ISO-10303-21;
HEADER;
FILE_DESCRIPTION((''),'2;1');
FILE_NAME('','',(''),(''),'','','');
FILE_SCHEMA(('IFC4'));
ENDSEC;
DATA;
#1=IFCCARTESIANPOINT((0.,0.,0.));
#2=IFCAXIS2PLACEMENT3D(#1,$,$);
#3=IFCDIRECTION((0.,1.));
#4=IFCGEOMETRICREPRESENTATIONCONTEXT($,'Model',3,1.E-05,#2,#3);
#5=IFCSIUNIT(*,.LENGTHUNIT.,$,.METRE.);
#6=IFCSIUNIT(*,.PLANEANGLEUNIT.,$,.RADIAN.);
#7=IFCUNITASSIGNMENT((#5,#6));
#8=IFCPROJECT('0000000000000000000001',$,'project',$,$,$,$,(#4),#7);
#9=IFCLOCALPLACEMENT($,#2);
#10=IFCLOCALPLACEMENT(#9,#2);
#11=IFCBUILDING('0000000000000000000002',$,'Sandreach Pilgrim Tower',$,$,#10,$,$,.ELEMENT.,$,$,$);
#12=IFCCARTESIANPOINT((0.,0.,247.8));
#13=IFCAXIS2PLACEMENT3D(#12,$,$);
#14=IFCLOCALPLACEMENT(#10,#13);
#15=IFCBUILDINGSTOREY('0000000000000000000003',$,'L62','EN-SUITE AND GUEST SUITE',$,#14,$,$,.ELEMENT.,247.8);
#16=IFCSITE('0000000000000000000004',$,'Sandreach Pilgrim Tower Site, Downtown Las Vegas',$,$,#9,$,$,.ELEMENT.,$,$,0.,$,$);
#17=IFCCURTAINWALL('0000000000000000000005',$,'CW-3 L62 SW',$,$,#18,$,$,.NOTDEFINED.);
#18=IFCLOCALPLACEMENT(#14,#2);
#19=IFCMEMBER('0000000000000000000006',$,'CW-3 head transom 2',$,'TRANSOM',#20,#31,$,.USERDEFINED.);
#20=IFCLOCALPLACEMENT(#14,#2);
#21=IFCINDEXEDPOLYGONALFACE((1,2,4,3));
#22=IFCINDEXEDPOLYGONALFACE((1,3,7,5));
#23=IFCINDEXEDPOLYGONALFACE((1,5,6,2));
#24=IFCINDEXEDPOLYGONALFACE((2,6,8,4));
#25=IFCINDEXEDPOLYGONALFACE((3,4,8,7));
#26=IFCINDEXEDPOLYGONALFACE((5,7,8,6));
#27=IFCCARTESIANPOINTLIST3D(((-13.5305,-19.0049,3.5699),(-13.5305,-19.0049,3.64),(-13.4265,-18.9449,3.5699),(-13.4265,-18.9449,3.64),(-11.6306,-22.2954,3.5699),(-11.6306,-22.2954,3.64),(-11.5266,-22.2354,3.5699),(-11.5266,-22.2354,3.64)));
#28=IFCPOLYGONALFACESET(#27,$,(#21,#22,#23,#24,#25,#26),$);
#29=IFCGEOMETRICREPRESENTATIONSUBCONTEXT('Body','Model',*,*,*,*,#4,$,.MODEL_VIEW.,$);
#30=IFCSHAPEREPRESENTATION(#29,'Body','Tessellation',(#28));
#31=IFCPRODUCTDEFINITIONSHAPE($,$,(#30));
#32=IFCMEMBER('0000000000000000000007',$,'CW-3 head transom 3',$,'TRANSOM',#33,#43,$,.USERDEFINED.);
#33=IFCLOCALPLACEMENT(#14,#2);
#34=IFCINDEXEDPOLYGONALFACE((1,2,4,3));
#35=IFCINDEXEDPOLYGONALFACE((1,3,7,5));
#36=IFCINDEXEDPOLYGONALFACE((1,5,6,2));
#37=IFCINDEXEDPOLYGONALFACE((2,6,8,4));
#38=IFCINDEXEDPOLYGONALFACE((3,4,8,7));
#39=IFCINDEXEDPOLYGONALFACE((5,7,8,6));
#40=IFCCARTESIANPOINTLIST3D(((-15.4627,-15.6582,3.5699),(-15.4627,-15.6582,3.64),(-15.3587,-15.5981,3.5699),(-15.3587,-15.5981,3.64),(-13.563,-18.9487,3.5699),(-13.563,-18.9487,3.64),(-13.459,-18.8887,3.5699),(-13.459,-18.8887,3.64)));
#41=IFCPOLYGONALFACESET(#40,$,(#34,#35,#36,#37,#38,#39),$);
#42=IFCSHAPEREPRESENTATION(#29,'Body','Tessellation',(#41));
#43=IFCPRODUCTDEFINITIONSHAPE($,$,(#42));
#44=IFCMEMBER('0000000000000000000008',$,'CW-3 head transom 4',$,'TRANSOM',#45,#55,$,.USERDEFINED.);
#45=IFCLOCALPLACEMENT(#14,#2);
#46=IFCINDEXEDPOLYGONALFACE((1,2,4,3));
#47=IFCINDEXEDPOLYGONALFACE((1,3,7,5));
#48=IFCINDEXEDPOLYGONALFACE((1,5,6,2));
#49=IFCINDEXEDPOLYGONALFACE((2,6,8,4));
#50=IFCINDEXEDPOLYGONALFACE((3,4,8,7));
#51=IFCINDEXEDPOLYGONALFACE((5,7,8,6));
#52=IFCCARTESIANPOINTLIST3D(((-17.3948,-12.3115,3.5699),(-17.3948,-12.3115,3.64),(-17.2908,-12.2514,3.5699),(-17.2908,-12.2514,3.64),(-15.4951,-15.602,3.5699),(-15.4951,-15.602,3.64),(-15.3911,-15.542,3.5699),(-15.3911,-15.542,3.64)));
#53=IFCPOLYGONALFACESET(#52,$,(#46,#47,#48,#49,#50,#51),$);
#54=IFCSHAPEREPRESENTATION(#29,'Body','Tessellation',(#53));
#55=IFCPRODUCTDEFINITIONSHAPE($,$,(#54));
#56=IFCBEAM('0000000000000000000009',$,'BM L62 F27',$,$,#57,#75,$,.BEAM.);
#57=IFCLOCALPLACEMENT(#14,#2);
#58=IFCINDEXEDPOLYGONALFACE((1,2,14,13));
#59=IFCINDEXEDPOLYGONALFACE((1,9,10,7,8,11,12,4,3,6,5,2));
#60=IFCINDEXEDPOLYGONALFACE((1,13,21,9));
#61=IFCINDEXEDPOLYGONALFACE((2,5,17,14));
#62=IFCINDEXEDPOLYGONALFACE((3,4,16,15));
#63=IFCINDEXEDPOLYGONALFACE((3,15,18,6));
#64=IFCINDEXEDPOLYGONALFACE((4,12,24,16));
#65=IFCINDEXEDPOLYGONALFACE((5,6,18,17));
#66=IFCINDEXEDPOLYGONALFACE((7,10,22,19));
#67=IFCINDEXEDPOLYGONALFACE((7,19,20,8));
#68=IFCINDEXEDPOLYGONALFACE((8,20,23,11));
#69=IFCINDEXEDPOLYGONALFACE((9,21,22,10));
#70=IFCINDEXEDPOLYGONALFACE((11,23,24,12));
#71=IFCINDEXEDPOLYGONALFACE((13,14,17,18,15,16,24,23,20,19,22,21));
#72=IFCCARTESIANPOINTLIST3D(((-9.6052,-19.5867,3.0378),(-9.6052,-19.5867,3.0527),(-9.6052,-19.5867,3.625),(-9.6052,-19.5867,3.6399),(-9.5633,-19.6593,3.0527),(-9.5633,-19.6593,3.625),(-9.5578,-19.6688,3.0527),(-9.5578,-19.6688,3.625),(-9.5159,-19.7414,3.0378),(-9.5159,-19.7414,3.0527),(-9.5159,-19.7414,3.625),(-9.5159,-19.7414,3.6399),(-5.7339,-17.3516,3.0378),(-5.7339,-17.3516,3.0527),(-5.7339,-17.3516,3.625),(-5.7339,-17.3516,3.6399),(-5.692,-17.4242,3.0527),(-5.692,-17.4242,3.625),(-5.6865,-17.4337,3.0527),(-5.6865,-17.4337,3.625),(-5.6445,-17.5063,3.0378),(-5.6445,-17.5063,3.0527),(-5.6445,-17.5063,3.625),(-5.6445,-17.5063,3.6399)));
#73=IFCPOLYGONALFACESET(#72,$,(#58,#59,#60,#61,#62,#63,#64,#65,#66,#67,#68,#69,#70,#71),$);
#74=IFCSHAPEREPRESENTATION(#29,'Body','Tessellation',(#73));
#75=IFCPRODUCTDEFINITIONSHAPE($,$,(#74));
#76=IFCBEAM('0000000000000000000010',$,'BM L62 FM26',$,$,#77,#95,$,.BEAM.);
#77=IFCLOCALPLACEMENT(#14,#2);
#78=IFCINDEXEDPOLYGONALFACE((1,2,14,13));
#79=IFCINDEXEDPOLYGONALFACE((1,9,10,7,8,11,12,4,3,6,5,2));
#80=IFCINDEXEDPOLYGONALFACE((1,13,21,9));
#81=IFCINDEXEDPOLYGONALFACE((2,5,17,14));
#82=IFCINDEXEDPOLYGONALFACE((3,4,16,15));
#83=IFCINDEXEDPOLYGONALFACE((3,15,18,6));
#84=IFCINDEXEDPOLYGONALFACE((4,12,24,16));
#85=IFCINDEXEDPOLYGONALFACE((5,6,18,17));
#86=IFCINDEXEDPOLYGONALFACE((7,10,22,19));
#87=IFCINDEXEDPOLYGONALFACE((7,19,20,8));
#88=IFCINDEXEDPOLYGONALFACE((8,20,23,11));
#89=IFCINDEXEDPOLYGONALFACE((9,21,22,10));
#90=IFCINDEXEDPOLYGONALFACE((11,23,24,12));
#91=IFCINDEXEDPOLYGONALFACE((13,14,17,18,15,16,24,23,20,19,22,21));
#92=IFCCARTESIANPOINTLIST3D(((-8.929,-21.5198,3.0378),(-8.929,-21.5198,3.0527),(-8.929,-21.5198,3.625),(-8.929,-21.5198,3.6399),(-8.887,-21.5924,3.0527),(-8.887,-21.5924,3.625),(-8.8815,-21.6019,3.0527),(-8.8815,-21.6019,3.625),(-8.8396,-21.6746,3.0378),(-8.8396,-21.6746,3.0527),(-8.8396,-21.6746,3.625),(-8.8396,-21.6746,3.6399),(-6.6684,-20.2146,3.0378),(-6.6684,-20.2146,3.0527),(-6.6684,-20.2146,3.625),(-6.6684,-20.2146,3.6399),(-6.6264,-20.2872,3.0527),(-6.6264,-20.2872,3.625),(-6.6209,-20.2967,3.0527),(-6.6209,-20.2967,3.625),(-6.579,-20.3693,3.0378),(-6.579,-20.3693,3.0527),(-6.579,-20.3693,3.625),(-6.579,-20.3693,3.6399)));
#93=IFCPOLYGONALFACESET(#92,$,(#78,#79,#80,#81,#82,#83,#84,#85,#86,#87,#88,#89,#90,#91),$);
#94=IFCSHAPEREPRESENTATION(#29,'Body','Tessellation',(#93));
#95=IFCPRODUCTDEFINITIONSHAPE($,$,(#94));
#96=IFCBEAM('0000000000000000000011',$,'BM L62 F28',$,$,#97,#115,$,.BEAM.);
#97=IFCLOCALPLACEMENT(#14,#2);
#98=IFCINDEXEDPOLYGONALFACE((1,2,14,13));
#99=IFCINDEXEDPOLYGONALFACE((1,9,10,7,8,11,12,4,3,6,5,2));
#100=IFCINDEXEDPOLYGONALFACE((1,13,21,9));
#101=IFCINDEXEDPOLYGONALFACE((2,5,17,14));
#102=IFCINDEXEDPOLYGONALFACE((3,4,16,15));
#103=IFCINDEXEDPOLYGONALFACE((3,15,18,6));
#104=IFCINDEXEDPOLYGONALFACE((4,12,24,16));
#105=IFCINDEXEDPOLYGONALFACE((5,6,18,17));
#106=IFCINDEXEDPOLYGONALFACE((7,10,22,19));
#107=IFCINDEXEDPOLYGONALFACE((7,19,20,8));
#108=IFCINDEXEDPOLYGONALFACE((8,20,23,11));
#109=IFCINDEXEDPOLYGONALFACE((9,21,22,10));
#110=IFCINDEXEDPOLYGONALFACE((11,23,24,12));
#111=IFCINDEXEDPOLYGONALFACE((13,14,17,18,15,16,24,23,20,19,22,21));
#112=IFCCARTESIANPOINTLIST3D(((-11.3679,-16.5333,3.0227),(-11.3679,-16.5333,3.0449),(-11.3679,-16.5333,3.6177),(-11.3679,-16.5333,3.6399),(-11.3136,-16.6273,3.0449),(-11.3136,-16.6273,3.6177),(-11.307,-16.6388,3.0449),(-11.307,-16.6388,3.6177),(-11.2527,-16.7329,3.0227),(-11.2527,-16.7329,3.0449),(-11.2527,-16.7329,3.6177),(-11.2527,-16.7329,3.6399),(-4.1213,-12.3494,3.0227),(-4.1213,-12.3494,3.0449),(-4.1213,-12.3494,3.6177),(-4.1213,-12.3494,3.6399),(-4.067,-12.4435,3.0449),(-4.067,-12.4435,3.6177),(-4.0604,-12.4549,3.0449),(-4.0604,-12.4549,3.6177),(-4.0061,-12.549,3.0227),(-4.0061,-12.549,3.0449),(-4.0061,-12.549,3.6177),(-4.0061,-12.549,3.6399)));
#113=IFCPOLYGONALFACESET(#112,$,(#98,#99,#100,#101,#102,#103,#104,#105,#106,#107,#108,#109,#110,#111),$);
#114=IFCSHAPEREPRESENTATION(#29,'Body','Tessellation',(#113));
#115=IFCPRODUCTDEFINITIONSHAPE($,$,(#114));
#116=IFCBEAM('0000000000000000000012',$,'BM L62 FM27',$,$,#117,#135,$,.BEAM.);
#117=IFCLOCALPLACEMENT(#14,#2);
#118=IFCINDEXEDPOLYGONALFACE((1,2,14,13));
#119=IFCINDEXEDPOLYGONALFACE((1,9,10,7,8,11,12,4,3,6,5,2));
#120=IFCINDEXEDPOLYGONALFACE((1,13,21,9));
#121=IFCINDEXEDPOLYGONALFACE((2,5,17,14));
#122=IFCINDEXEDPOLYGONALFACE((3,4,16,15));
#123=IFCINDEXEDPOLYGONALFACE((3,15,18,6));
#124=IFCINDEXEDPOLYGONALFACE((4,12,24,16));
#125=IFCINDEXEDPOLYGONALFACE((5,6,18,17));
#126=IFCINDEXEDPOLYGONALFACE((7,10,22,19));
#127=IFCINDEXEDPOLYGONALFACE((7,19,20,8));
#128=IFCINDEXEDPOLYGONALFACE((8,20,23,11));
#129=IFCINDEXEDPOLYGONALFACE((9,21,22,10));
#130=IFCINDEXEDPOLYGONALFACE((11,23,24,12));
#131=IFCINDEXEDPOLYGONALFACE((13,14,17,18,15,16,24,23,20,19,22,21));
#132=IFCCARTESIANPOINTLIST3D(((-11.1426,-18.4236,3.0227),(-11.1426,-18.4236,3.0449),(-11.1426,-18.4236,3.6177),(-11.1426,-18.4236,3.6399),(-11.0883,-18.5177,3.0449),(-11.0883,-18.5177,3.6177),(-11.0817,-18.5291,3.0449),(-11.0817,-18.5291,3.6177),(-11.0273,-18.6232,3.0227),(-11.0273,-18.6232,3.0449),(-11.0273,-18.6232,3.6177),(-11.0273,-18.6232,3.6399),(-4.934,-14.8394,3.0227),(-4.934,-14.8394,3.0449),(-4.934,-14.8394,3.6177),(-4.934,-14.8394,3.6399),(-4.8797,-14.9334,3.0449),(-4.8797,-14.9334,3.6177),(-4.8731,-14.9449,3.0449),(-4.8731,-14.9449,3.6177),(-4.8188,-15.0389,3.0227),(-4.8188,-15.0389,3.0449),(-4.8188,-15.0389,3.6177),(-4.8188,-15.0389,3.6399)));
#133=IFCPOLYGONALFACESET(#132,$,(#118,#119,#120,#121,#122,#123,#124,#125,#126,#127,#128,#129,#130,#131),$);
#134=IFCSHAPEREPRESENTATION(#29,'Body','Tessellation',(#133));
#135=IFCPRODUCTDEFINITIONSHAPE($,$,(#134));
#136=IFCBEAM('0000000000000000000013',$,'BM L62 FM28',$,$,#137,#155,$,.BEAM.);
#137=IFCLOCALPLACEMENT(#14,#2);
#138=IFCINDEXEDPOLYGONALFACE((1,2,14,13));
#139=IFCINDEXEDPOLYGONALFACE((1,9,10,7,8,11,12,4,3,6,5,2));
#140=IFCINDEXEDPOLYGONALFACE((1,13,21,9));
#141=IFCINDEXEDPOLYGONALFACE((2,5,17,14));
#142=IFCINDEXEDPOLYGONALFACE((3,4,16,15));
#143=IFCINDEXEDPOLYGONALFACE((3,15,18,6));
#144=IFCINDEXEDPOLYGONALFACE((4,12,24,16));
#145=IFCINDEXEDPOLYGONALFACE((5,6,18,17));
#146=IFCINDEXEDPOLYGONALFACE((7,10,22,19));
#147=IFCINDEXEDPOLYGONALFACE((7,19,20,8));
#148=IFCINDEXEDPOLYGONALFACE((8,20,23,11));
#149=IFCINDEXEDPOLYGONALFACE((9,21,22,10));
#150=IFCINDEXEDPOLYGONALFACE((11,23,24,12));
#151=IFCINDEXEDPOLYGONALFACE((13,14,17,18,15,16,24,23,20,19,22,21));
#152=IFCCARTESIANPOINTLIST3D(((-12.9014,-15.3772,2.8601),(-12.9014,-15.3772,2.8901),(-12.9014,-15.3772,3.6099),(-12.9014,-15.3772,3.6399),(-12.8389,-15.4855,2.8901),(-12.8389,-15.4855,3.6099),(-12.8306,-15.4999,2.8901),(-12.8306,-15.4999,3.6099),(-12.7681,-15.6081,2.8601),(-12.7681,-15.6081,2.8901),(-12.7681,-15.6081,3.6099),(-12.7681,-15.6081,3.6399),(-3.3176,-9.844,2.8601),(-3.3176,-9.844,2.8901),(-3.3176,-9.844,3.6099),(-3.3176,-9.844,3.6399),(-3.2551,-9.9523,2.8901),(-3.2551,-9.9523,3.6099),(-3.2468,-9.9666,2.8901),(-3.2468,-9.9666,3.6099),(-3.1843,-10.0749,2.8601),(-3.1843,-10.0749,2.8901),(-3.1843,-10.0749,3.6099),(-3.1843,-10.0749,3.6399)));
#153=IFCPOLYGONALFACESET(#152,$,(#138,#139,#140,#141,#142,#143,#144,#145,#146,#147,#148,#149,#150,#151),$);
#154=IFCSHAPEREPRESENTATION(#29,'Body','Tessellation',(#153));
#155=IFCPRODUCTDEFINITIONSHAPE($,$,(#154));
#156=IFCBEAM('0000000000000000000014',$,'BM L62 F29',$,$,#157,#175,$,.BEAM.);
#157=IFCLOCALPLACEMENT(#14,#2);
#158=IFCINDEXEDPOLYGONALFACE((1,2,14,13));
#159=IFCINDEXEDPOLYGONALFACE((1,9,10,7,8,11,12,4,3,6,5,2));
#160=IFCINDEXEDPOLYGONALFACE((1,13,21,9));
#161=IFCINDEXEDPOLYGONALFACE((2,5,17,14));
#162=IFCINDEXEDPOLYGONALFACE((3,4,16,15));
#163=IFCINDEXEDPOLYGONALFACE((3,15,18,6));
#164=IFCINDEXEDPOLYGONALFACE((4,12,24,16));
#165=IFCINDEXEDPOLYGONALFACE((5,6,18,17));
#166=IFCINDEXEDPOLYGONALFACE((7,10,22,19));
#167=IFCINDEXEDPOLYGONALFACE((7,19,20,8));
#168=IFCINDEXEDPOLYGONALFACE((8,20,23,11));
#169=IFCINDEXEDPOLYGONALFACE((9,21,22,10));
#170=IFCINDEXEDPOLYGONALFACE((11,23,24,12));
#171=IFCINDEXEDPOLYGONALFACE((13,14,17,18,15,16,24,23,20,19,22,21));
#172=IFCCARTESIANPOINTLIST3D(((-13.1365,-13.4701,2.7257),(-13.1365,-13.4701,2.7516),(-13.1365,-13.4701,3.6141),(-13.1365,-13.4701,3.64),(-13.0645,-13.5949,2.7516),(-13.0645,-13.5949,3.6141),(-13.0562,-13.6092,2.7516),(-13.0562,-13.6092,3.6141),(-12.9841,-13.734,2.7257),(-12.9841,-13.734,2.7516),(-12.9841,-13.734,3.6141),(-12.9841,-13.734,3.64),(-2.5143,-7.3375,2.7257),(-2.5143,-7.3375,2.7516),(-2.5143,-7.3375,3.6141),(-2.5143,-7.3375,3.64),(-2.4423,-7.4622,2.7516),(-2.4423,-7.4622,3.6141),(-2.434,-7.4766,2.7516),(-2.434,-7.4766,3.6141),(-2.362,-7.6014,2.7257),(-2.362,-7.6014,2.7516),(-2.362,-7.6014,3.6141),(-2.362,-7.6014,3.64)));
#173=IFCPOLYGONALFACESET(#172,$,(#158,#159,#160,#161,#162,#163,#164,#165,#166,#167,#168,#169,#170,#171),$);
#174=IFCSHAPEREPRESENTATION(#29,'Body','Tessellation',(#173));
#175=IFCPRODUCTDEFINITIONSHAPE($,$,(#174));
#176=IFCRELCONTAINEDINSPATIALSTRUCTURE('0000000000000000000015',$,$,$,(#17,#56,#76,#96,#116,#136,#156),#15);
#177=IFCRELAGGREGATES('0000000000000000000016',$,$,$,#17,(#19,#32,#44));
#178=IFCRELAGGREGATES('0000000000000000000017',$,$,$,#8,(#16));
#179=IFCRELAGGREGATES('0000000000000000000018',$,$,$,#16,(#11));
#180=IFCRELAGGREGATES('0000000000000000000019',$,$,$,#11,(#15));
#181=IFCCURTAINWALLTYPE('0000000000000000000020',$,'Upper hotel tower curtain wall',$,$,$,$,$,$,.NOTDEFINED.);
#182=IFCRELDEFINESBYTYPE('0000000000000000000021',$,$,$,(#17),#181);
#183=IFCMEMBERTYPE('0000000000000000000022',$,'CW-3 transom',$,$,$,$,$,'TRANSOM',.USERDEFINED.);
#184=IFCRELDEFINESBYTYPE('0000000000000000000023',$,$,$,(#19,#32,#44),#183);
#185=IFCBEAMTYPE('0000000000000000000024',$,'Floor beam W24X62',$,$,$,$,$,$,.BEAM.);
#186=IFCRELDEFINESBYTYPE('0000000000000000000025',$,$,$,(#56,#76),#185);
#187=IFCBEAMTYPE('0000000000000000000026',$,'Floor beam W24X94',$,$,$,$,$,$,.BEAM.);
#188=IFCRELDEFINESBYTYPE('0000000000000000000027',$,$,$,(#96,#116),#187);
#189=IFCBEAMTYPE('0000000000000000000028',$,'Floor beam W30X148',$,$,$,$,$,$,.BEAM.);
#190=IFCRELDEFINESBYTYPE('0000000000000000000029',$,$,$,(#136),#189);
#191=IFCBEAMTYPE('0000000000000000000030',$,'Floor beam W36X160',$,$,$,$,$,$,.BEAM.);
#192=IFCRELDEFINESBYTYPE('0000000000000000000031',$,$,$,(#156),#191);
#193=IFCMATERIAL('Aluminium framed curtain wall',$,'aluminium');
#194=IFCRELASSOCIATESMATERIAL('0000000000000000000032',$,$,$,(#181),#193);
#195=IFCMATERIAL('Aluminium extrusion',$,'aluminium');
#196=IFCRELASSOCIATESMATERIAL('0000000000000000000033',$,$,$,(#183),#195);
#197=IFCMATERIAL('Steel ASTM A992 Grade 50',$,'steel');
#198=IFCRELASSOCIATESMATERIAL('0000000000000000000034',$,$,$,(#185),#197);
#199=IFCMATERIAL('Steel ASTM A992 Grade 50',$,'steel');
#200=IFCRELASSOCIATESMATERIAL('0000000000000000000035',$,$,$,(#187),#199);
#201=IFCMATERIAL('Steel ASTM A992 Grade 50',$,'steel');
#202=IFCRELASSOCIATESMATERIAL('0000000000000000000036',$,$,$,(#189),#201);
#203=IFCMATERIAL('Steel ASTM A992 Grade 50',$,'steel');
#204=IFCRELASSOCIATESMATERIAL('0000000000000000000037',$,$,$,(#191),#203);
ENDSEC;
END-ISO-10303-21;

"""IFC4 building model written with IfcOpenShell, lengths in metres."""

from ifc_helpers import new_model, si_unit, direction, frame, origin, origin_2d, place, context, subcontext, project, spatial, rectangle, i_section, extrude, material, material_profile, profile_set, type_object, element, aggregate, save


model = new_model("IFC4")

# Units and contexts
model_context = context("Model", 3, precision=1e-05, world=origin(), true_north=direction((0.0, 1.0)))
body_context = subcontext(model_context, "Body", "Model", "MODEL_VIEW")
ifc_project = project(units=[si_unit("LENGTHUNIT", "METRE"), si_unit("PLANEANGLEUNIT", "RADIAN")], contexts=[model_context])

# Site, building, storey
site_placement = place(None, origin())
site = spatial("IfcSite", under=ifc_project, at=site_placement, Name="Sandreach Pilgrim Tower Site, Downtown Las Vegas", CompositionType="ELEMENT", RefElevation=0.0)
building_placement = place(site_placement, origin())
building = spatial("IfcBuilding", under=site, at=building_placement, Name="Sandreach Pilgrim Tower", CompositionType="ELEMENT")
storey_placement = place(building_placement, frame((0.0, 0.0, 247.8)))
storey = spatial("IfcBuildingStorey", under=building, at=storey_placement, Name="L62", Description="EN-SUITE AND GUEST SUITE", CompositionType="ELEMENT", Elevation=247.8)

# Shared definitions
ifc_material_1 = material(Name="Aluminium framed curtain wall", Category="aluminium")
curtain_wall_type = type_object("IfcCurtainWallType", Name="Upper hotel tower curtain wall", PredefinedType="NOTDEFINED", material=ifc_material_1)

# Curtain wall, members
curtain_wall_1_placement = place(storey_placement, origin())
curtain_wall_1 = element("IfcCurtainWall", 1, at=curtain_wall_1_placement, inside=storey, type_object=curtain_wall_type, Name="CW-3 L62 SW", PredefinedType="NOTDEFINED")
ifc_material_2 = material(Name="Aluminium extrusion", Category="aluminium")
ifc_material_profile_1 = material_profile(ifc_material_2, rectangle(XDim=0.1201, YDim=0.0701, at=origin_2d()), Name="CW-3T 120X70")
ifc_profile_set_1 = profile_set([ifc_material_profile_1], Name="Aluminium extrusion")
member_type_1 = type_object("IfcMemberType", Name="CW-3 transom", ElementType="TRANSOM", PredefinedType="USERDEFINED", material=ifc_profile_set_1)
member_1_placement = place(storey_placement, frame((-11.5786, -22.2654, 3.605), z_axis=(-0.500023, 0.866012, 0.0), x_axis=(-0.866012, -0.500023, 0.0)))
member_1 = element("IfcMember", 2, at=member_1_placement, type_object=member_type_1, Name="CW-3 head transom 2", ObjectType="TRANSOM", PredefinedType="USERDEFINED", context=body_context, shape_type="SweptSolid", body=[
    extrude(rectangle(XDim=0.1201, YDim=0.0701, at=origin_2d()), origin(), (0.0, 0.0, 1.0), 3.7996),
])
member_2_placement = place(storey_placement, frame((-13.511, -18.9187, 3.605), z_axis=(-0.499975, 0.86604, 0.0), x_axis=(-0.86604, -0.499975, 0.0)))
member_2 = element("IfcMember", 3, at=member_2_placement, type_object=member_type_1, Name="CW-3 head transom 3", ObjectType="TRANSOM", PredefinedType="USERDEFINED", context=body_context, shape_type="SweptSolid", body=[
    extrude(rectangle(XDim=0.1201, YDim=0.0701, at=origin_2d()), origin(), (0.0, 0.0, 1.0), 3.7996),
])
member_3_placement = place(storey_placement, frame((-15.4431, -15.572, 3.605), z_axis=(-0.499975, 0.86604, 0.0), x_axis=(-0.86604, -0.499975, 0.0)))
member_3 = element("IfcMember", 4, at=member_3_placement, type_object=member_type_1, Name="CW-3 head transom 4", ObjectType="TRANSOM", PredefinedType="USERDEFINED", context=body_context, shape_type="SweptSolid", body=[
    extrude(rectangle(XDim=0.1201, YDim=0.0701, at=origin_2d()), origin(), (0.0, 0.0, 1.0), 3.7996),
])

# Beams
ifc_material_3 = material(Name="Steel ASTM A992 Grade 50", Category="steel")
ifc_material_profile_2 = material_profile(ifc_material_3, i_section(OverallWidth=0.1787, OverallDepth=0.6021, WebThickness=0.011, FlangeThickness=0.0149, at=origin_2d()), Name="W24X62")
ifc_profile_set_2 = profile_set([ifc_material_profile_2], Name="Steel ASTM A992 Grade 50")
beam_type_1 = type_object("IfcBeamType", Name="Floor beam W24X62", PredefinedType="BEAM", material=ifc_profile_set_2)
beam_1_placement = place(storey_placement, frame((-9.5605, -19.6641, 3.3389), z_axis=(0.866026, 0.499998, 0.0), x_axis=(-0.499998, 0.866026, 0.0)))
element("IfcBeam", 5, at=beam_1_placement, inside=storey, type_object=beam_type_1, Name="BM L62 F27", PredefinedType="BEAM", context=body_context, shape_type="SweptSolid", body=[
    extrude(i_section(OverallWidth=0.1787, OverallDepth=0.6021, WebThickness=0.011, FlangeThickness=0.0149, at=origin_2d()), origin(), (0.0, 0.0, 1.0), 4.4702),
])
beam_2_placement = place(storey_placement, frame((-8.8843, -21.5972, 3.3389), z_axis=(0.866013, 0.500022, 0.0), x_axis=(-0.500022, 0.866013, 0.0)))
element("IfcBeam", 6, at=beam_2_placement, inside=storey, type_object=beam_type_1, Name="BM L62 FM26", PredefinedType="BEAM", context=body_context, shape_type="SweptSolid", body=[
    extrude(i_section(OverallWidth=0.1787, OverallDepth=0.6021, WebThickness=0.011, FlangeThickness=0.0149, at=origin_2d()), origin(), (0.0, 0.0, 1.0), 2.6104),
])
ifc_material_4 = material(Name="Steel ASTM A992 Grade 50", Category="steel")
ifc_material_profile_3 = material_profile(ifc_material_4, i_section(OverallWidth=0.2305, OverallDepth=0.6172, WebThickness=0.0132, FlangeThickness=0.0222, at=origin_2d()), Name="W24X94")
ifc_profile_set_3 = profile_set([ifc_material_profile_3], Name="Steel ASTM A992 Grade 50")
beam_type_2 = type_object("IfcBeamType", Name="Floor beam W24X94", PredefinedType="BEAM", material=ifc_profile_set_3)
beam_3_placement = place(storey_placement, frame((-11.3103, -16.6331, 3.3313), z_axis=(0.866024, 0.500002, 0.0), x_axis=(-0.500002, 0.866024, 0.0)))
element("IfcBeam", 7, at=beam_3_placement, inside=storey, type_object=beam_type_2, Name="BM L62 F28", PredefinedType="BEAM", context=body_context, shape_type="SweptSolid", body=[
    extrude(i_section(OverallWidth=0.2305, OverallDepth=0.6172, WebThickness=0.0132, FlangeThickness=0.0222, at=origin_2d()), origin(), (0.0, 0.0, 1.0), 8.3677),
])
beam_4_placement = place(storey_placement, frame((-11.085, -18.5234, 3.3313), z_axis=(0.86604, 0.499974, 0.0), x_axis=(-0.499974, 0.86604, 0.0)))
element("IfcBeam", 8, at=beam_4_placement, inside=storey, type_object=beam_type_2, Name="BM L62 FM27", PredefinedType="BEAM", context=body_context, shape_type="SweptSolid", body=[
    extrude(i_section(OverallWidth=0.2305, OverallDepth=0.6172, WebThickness=0.0132, FlangeThickness=0.0222, at=origin_2d()), origin(), (0.0, 0.0, 1.0), 7.1689),
])
ifc_material_5 = material(Name="Steel ASTM A992 Grade 50", Category="steel")
ifc_material_profile_4 = material_profile(ifc_material_5, i_section(OverallWidth=0.2666, OverallDepth=0.7798, WebThickness=0.0166, FlangeThickness=0.03, at=origin_2d()), Name="W30X148")
ifc_profile_set_4 = profile_set([ifc_material_profile_4], Name="Steel ASTM A992 Grade 50")
beam_type_3 = type_object("IfcBeamType", Name="Floor beam W30X148", PredefinedType="BEAM", material=ifc_profile_set_4)
beam_5_placement = place(storey_placement, frame((-12.8347, -15.4927, 3.25), z_axis=(0.866024, 0.500002, 0.0), x_axis=(-0.500002, 0.866024, 0.0)))
element("IfcBeam", 9, at=beam_5_placement, inside=storey, type_object=beam_type_3, Name="BM L62 FM28", PredefinedType="BEAM", context=body_context, shape_type="SweptSolid", body=[
    extrude(i_section(OverallWidth=0.2666, OverallDepth=0.7798, WebThickness=0.0166, FlangeThickness=0.03, at=origin_2d()), origin(), (0.0, 0.0, 1.0), 11.0664),
])
ifc_material_6 = material(Name="Steel ASTM A992 Grade 50", Category="steel")
ifc_material_profile_5 = material_profile(ifc_material_6, i_section(OverallWidth=0.3047, OverallDepth=0.9143, WebThickness=0.0166, FlangeThickness=0.0259, at=origin_2d()), Name="W36X160")
ifc_profile_set_5 = profile_set([ifc_material_profile_5], Name="Steel ASTM A992 Grade 50")
beam_type_4 = type_object("IfcBeamType", Name="Floor beam W36X160", PredefinedType="BEAM", material=ifc_profile_set_5)
beam_6_placement = place(storey_placement, frame((-13.0603, -13.6021, 3.1829), z_axis=(0.866028, 0.499995, 0.0), x_axis=(-0.499995, 0.866028, 0.0)))
element("IfcBeam", 10, at=beam_6_placement, inside=storey, type_object=beam_type_4, Name="BM L62 F29", PredefinedType="BEAM", context=body_context, shape_type="SweptSolid", body=[
    extrude(i_section(OverallWidth=0.3047, OverallDepth=0.9143, WebThickness=0.0166, FlangeThickness=0.0259, at=origin_2d()), origin(), (0.0, 0.0, 1.0), 12.2654),
])

aggregate(curtain_wall_1, [member_1, member_2, member_3])

save(model, "model.ifc")
